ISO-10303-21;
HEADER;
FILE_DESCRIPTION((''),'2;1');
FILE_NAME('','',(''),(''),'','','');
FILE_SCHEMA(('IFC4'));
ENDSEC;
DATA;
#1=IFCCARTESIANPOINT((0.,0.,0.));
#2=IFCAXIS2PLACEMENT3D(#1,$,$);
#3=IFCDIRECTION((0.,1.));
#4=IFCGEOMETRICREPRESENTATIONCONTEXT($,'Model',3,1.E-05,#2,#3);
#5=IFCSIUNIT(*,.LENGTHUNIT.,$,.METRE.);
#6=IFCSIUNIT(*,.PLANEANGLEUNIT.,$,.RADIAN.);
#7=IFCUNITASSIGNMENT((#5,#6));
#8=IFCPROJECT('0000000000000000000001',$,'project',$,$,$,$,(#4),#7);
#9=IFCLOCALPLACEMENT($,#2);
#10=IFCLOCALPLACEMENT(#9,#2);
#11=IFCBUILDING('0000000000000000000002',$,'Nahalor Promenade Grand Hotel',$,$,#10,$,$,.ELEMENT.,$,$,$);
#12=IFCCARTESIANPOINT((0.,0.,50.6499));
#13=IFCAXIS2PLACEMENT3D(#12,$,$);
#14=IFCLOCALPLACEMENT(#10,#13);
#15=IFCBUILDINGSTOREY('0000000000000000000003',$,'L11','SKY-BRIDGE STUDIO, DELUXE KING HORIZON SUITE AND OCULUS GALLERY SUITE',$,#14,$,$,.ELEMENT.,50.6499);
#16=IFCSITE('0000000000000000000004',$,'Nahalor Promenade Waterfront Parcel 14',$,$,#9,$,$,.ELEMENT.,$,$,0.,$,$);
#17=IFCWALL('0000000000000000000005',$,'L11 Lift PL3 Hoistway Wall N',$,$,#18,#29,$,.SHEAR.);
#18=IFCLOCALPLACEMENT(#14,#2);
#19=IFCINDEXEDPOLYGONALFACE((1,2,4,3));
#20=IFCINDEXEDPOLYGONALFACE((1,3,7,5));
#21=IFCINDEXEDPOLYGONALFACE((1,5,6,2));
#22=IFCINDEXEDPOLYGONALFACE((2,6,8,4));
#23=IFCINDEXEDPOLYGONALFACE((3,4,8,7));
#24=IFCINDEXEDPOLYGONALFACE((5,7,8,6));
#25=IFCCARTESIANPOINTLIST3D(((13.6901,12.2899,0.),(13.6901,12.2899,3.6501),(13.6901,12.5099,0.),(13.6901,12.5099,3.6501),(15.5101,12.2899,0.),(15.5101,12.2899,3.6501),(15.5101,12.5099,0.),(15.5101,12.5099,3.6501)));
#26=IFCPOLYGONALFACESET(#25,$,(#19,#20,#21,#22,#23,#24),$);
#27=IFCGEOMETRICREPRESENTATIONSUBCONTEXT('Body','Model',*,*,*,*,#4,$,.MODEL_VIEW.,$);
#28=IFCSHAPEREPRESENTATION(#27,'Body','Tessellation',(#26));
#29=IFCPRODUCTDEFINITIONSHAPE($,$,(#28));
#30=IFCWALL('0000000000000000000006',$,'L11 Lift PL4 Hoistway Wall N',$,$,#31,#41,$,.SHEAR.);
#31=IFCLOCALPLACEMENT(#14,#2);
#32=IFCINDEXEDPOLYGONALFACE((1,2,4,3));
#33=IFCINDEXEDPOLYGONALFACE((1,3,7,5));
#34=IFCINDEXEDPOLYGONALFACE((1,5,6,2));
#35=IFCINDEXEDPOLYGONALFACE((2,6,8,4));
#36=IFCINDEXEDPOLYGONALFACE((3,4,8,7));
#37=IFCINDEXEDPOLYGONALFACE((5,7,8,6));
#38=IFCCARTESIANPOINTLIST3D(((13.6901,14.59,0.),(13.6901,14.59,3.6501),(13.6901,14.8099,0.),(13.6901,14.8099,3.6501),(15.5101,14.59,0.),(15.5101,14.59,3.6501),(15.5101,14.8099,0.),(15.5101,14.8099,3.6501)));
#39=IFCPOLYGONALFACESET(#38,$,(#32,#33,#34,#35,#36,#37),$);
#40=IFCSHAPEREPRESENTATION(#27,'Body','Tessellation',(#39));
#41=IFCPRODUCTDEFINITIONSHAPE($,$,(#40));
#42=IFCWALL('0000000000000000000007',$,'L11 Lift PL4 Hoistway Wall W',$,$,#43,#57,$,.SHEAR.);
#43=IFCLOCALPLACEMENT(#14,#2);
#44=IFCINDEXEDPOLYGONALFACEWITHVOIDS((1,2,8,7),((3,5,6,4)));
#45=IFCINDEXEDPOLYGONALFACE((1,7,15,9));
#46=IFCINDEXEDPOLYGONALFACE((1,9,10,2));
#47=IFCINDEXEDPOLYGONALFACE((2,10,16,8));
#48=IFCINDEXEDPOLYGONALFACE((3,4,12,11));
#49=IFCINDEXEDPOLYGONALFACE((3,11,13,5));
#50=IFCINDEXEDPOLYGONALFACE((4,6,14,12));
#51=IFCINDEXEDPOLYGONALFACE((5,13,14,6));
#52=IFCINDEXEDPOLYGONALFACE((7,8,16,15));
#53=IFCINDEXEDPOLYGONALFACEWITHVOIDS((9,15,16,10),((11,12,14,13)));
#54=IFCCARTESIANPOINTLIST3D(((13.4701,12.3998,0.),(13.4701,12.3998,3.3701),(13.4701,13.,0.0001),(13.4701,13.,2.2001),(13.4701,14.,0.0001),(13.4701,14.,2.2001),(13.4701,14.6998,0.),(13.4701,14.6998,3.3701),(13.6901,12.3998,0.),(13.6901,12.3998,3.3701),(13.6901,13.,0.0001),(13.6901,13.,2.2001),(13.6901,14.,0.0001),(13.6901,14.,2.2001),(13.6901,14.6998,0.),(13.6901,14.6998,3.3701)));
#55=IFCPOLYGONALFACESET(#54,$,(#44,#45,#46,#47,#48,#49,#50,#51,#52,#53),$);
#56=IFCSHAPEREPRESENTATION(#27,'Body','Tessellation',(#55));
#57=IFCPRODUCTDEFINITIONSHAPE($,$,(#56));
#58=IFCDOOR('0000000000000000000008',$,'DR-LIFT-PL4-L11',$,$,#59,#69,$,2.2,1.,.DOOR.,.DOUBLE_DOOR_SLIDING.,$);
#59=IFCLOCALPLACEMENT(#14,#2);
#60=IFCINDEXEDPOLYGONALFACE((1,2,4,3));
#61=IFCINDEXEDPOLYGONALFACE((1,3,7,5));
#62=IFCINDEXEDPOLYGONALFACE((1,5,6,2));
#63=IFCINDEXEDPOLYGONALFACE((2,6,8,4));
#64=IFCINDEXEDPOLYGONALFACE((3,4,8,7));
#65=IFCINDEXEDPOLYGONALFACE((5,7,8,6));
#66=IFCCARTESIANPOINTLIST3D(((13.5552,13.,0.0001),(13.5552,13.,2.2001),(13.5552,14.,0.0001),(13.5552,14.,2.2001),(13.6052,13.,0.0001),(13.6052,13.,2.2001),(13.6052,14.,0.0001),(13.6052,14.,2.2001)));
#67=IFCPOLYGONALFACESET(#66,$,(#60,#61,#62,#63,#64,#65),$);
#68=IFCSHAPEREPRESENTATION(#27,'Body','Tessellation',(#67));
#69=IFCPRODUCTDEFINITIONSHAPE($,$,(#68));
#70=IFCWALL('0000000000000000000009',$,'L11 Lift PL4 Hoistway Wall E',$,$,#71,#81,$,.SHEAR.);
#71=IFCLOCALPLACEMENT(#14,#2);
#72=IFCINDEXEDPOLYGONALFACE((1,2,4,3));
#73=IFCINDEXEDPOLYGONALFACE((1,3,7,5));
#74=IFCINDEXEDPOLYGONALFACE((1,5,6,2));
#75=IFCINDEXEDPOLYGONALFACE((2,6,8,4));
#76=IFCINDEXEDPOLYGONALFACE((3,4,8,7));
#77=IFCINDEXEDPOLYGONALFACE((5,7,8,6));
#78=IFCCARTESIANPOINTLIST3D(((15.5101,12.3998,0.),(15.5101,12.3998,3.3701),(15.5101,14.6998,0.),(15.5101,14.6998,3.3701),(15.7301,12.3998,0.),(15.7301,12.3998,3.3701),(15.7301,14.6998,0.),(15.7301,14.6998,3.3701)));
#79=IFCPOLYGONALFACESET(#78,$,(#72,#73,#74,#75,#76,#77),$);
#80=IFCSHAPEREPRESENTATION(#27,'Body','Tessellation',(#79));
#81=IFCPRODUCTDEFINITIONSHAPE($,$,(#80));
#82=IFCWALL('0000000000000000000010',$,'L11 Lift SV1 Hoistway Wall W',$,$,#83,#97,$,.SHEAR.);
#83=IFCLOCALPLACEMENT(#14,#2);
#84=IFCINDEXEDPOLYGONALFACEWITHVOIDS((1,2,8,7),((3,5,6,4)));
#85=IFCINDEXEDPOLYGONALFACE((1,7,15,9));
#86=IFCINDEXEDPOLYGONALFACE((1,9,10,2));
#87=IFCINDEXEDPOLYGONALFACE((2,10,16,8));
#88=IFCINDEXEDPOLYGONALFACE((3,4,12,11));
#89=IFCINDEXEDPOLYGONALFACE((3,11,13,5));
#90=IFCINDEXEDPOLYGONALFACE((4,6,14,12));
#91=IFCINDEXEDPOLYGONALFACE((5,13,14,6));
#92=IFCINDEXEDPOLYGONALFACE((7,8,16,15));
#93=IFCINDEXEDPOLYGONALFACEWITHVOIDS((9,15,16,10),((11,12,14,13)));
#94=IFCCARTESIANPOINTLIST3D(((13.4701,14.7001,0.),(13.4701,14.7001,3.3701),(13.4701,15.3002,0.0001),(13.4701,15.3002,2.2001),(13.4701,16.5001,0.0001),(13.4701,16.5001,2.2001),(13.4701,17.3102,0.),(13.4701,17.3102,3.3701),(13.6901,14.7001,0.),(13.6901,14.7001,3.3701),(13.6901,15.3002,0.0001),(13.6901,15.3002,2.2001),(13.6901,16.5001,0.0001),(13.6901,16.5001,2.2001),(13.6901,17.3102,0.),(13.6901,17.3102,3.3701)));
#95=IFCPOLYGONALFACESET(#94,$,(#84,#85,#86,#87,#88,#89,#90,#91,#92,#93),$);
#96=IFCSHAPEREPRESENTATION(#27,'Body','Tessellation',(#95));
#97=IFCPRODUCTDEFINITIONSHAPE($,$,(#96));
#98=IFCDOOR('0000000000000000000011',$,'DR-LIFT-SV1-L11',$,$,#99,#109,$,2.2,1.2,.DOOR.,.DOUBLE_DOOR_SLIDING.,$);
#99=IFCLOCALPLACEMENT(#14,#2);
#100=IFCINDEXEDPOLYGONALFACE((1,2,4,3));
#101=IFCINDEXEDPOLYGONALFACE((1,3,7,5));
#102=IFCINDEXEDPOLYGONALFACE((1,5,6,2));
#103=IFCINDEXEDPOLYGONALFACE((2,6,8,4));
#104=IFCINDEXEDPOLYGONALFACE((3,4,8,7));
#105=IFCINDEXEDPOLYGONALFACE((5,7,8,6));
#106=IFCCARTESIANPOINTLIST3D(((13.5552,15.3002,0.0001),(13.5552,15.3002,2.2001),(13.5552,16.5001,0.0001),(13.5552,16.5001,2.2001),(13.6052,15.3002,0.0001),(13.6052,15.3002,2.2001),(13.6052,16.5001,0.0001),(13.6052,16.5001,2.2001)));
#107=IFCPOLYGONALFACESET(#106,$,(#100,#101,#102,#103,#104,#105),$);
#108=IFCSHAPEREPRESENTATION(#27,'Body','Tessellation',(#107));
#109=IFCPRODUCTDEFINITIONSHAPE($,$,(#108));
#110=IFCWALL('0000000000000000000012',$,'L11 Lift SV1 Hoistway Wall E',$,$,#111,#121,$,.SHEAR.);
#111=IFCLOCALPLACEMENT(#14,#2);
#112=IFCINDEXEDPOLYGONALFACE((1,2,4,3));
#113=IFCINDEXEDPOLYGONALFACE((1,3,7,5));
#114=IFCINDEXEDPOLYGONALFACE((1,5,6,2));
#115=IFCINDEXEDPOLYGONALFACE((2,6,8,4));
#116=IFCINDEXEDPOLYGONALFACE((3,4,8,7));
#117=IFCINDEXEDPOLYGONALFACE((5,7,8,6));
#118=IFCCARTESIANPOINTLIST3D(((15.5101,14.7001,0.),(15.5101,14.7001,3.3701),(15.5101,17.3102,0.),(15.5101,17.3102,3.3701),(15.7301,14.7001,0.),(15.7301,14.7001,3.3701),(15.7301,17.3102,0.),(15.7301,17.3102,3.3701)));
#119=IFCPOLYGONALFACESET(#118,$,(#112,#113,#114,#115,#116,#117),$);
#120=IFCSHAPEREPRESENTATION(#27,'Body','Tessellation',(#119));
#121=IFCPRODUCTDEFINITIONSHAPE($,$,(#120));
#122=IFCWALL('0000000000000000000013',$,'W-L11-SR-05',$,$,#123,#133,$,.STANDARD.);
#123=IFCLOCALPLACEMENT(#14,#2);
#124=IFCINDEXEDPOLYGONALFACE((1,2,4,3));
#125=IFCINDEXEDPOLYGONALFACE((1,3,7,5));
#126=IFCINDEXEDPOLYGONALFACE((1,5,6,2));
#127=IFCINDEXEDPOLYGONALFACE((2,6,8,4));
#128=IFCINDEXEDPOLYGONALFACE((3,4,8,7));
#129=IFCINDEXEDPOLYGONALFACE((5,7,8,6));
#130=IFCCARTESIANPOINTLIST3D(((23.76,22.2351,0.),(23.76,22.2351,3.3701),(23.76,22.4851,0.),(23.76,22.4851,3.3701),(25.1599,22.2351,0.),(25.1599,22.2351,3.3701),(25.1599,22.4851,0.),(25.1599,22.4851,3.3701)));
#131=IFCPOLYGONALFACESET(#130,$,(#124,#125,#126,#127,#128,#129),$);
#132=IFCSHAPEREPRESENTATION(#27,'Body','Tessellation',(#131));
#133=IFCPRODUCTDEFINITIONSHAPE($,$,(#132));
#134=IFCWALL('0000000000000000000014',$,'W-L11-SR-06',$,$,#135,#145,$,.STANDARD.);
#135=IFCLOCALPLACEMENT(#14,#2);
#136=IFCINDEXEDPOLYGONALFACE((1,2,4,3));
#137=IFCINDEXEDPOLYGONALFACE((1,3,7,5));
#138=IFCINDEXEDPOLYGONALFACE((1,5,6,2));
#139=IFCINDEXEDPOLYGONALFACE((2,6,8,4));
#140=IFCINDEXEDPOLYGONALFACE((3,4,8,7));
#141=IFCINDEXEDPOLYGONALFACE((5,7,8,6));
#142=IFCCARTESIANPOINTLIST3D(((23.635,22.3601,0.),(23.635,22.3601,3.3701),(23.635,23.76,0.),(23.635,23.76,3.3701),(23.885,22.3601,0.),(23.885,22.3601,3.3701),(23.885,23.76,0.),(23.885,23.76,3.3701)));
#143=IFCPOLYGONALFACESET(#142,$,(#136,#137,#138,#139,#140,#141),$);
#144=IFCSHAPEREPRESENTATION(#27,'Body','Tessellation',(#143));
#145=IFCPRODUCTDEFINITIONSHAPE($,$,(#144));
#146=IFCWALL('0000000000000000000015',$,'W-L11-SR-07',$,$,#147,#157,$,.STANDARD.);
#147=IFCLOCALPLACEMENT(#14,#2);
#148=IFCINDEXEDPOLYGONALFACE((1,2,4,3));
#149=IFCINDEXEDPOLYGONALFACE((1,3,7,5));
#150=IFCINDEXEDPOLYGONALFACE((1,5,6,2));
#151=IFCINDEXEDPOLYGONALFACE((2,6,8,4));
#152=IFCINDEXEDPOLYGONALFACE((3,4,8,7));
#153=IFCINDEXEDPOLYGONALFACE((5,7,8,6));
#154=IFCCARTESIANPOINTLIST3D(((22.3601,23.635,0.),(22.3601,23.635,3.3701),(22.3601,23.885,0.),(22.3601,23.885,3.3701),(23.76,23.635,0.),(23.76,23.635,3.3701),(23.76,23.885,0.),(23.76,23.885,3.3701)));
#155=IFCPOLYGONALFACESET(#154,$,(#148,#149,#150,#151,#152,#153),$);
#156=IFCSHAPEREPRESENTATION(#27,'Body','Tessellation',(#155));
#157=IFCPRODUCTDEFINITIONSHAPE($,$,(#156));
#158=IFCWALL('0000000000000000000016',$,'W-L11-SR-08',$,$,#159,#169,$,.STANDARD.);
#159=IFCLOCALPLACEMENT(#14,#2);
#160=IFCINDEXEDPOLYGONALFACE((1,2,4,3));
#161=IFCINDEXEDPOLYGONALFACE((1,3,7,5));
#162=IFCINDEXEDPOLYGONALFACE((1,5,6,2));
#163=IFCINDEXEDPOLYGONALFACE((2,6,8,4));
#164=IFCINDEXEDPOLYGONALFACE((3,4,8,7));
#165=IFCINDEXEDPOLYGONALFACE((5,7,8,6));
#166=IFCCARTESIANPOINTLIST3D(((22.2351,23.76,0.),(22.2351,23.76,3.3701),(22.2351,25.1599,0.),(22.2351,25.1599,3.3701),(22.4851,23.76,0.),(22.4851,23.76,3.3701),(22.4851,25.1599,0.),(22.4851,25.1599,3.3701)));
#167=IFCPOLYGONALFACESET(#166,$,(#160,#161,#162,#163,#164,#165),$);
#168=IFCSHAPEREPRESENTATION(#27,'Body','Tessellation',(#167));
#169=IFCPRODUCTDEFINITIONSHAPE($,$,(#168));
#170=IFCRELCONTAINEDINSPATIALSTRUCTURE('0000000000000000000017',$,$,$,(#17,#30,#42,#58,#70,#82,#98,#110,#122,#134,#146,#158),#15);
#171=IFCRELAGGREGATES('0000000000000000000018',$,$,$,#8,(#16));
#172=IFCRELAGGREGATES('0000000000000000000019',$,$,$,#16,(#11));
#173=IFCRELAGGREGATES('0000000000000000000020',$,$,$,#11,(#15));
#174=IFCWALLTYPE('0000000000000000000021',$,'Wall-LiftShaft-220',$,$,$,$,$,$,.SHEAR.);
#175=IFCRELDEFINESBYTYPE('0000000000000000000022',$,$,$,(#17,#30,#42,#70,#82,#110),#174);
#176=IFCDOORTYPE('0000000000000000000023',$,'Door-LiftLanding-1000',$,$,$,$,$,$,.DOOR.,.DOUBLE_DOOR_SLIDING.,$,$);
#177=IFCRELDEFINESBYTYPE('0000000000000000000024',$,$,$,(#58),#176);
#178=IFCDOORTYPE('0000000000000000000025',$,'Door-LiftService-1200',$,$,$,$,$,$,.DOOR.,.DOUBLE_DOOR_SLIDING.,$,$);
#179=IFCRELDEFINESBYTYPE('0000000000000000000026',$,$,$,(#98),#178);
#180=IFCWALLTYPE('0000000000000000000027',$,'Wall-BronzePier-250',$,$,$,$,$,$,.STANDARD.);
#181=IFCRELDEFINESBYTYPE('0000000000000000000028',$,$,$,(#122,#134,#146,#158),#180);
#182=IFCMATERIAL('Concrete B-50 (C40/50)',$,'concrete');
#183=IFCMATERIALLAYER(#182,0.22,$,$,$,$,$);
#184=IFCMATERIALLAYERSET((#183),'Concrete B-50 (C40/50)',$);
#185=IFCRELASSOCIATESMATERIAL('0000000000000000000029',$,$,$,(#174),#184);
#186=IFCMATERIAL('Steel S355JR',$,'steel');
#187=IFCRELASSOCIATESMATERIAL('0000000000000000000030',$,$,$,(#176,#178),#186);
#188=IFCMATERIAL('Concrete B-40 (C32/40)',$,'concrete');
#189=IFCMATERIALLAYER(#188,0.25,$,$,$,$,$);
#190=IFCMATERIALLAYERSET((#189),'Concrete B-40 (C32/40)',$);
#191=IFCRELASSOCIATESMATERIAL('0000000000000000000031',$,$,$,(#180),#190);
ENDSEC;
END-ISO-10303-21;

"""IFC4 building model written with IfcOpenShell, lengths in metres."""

from ifc_helpers import new_model, si_unit, direction, frame, frame_2d, origin, place, context, subcontext, project, spatial, rectangle, extrude, source, transform, mapped, material, layer, layer_set, type_object, element, fill, save


model = new_model("IFC4")

# Units and contexts
model_context = context("Model", 3, precision=1e-05, world=origin(), true_north=direction((0.0, 1.0)))
body_context = subcontext(model_context, "Body", "Model", "MODEL_VIEW")
ifc_project = project(units=[si_unit("LENGTHUNIT", "METRE"), si_unit("PLANEANGLEUNIT", "RADIAN")], contexts=[model_context])

# Site, building, storey
site_placement = place(None, origin())
site = spatial("IfcSite", under=ifc_project, at=site_placement, Name="Nahalor Promenade Waterfront Parcel 14", CompositionType="ELEMENT", RefElevation=0.0)
building_placement = place(site_placement, origin())
building = spatial("IfcBuilding", under=site, at=building_placement, Name="Nahalor Promenade Grand Hotel", CompositionType="ELEMENT")
storey_placement = place(building_placement, frame((0.0, 0.0, 50.6499)))
storey = spatial("IfcBuildingStorey", under=building, at=storey_placement, Name="L11", Description="SKY-BRIDGE STUDIO, DELUXE KING HORIZON SUITE AND OCULUS GALLERY SUITE", CompositionType="ELEMENT", Elevation=50.6499)

# Shared definitions
ifc_material_1 = material(Name="Steel S355JR", Category="steel")

# Walls
ifc_material_2 = material(Name="Concrete B-50 (C40/50)", Category="concrete")
ifc_layer_1 = layer(ifc_material_2, 0.22)
ifc_layer_set_1 = layer_set([ifc_layer_1], Name="Concrete B-50 (C40/50)")
wall_type_1 = type_object("IfcWallType", Name="Wall-LiftShaft-220", PredefinedType="SHEAR", material=ifc_layer_set_1)
shared_shape_1 = source(origin(), body_context, "Body", "SweptSolid", [
    extrude(rectangle(XDim=1.8201, YDim=0.22, at=frame_2d((0.9102, 0.0))), origin(), (0.0, 0.0, 1.0), 3.6501),
])
for number, where, z_axis, x_axis, name in (
    (1, (13.6899, 12.3999, 0.0), (0.0, 0.0, 1.0), (1.0, 0.0, 0.0), "L11 Lift PL3 Hoistway Wall N"),
    (2, (13.6899, 14.7, 0.0), (0.0, 0.0, 1.0), (1.0, 0.0, 0.0), "L11 Lift PL4 Hoistway Wall N"),
):
    element("IfcWall", number, at=place(storey_placement, frame(where, z_axis=z_axis, x_axis=x_axis)), inside=storey, type_object=wall_type_1, Name=name, PredefinedType="SHEAR", context=body_context, shape_type="MappedRepresentation", body=[
        mapped(shared_shape_1, transform((0.0, 0.0, 0.0), scale=1.0)),
    ])

# Wall, opening, door
shared_shape_2 = source(origin(), body_context, "Body", "SweptSolid", [
    extrude(rectangle(XDim=2.3, YDim=0.22, at=frame_2d((1.1499, 0.0))), origin(), (0.0, 0.0, 1.0), 3.3701),
])
wall_1_placement = place(storey_placement, frame((13.5801, 12.3999, 0.0), z_axis=(0.0, 0.0, 1.0), x_axis=(0.0, 1.0, 0.0)))
wall_1 = element("IfcWall", 3, at=wall_1_placement, inside=storey, type_object=wall_type_1, Name="L11 Lift PL4 Hoistway Wall W", PredefinedType="SHEAR", context=body_context, shape_type="MappedRepresentation", body=[
    mapped(shared_shape_2, transform((0.0, 0.0, 0.0), scale=1.0)),
])
opening_1_placement = place(wall_1_placement, frame((0.6001, 0.0, 0.0)))
opening_1 = element("IfcOpeningElement", 4, at=opening_1_placement, cuts=wall_1, PredefinedType="OPENING", context=body_context, shape_type="SweptSolid", body=[
    extrude(rectangle(XDim=1.0, YDim=2.2, at=frame_2d((0.5, 1.1001))), frame((0.0, 0.1199, 0.0), z_axis=(0.0, -1.0, 0.0), x_axis=(1.0, 0.0, 0.0)), (0.0, 0.0, 1.0), 0.24),
])
door_type_1 = type_object("IfcDoorType", Name="Door-LiftLanding-1000", OperationType="DOUBLE_DOOR_SLIDING", PredefinedType="DOOR", material=ifc_material_1)
shared_shape_3 = source(origin(), body_context, "Body", "SweptSolid", [
    extrude(rectangle(XDim=1.0, YDim=2.2, at=frame_2d((0.5, 1.1001))), frame((0.0, 0.0249, 0.0), z_axis=(0.0, -1.0, 0.0), x_axis=(1.0, 0.0, 0.0)), (0.0, 0.0, 1.0), 0.05),
])
door_1_placement = place(opening_1_placement, origin())
door_1 = element("IfcDoor", 5, at=door_1_placement, inside=storey, type_object=door_type_1, Name="DR-LIFT-PL4-L11", OperationType="DOUBLE_DOOR_SLIDING", OverallHeight=2.2, OverallWidth=1.0, PredefinedType="DOOR", context=body_context, shape_type="MappedRepresentation", body=[
    mapped(shared_shape_3, transform((0.0, 0.0, 0.0), scale=1.0)),
])
fill(opening_1, door_1)

# Wall
wall_2_placement = place(storey_placement, frame((15.6201, 12.3999, 0.0), z_axis=(0.0, 0.0, 1.0), x_axis=(0.0, 1.0, 0.0)))
element("IfcWall", 6, at=wall_2_placement, inside=storey, type_object=wall_type_1, Name="L11 Lift PL4 Hoistway Wall E", PredefinedType="SHEAR", context=body_context, shape_type="MappedRepresentation", body=[
    mapped(shared_shape_2, transform((0.0, 0.0, 0.0), scale=1.0)),
])

# Wall, opening, door
shared_shape_4 = source(origin(), body_context, "Body", "SweptSolid", [
    extrude(rectangle(XDim=2.6101, YDim=0.22, at=frame_2d((1.3052, 0.0))), origin(), (0.0, 0.0, 1.0), 3.3701),
])
wall_3_placement = place(storey_placement, frame((13.5801, 14.7, 0.0), z_axis=(0.0, 0.0, 1.0), x_axis=(0.0, 1.0, 0.0)))
wall_3 = element("IfcWall", 7, at=wall_3_placement, inside=storey, type_object=wall_type_1, Name="L11 Lift SV1 Hoistway Wall W", PredefinedType="SHEAR", context=body_context, shape_type="MappedRepresentation", body=[
    mapped(shared_shape_4, transform((0.0, 0.0, 0.0), scale=1.0)),
])
opening_2_placement = place(wall_3_placement, frame((0.6001, 0.0, 0.0)))
opening_2 = element("IfcOpeningElement", 8, at=opening_2_placement, cuts=wall_3, PredefinedType="OPENING", context=body_context, shape_type="SweptSolid", body=[
    extrude(rectangle(XDim=1.2, YDim=2.2, at=frame_2d((0.6001, 1.1001))), frame((0.0, 0.1199, 0.0), z_axis=(0.0, -1.0, 0.0), x_axis=(1.0, 0.0, 0.0)), (0.0, 0.0, 1.0), 0.24),
])
door_type_2 = type_object("IfcDoorType", Name="Door-LiftService-1200", OperationType="DOUBLE_DOOR_SLIDING", PredefinedType="DOOR", material=ifc_material_1)
shared_shape_5 = source(origin(), body_context, "Body", "SweptSolid", [
    extrude(rectangle(XDim=1.2, YDim=2.2, at=frame_2d((0.6001, 1.1001))), frame((0.0, 0.0249, 0.0), z_axis=(0.0, -1.0, 0.0), x_axis=(1.0, 0.0, 0.0)), (0.0, 0.0, 1.0), 0.05),
])
door_2_placement = place(opening_2_placement, origin())
door_2 = element("IfcDoor", 9, at=door_2_placement, inside=storey, type_object=door_type_2, Name="DR-LIFT-SV1-L11", OperationType="DOUBLE_DOOR_SLIDING", OverallHeight=2.2, OverallWidth=1.2, PredefinedType="DOOR", context=body_context, shape_type="MappedRepresentation", body=[
    mapped(shared_shape_5, transform((0.0, 0.0, 0.0), scale=1.0)),
])
fill(opening_2, door_2)

# Walls
wall_4_placement = place(storey_placement, frame((15.6201, 14.7, 0.0), z_axis=(0.0, 0.0, 1.0), x_axis=(0.0, 1.0, 0.0)))
element("IfcWall", 10, at=wall_4_placement, inside=storey, type_object=wall_type_1, Name="L11 Lift SV1 Hoistway Wall E", PredefinedType="SHEAR", context=body_context, shape_type="MappedRepresentation", body=[
    mapped(shared_shape_4, transform((0.0, 0.0, 0.0), scale=1.0)),
])
ifc_material_3 = material(Name="Concrete B-40 (C32/40)", Category="concrete")
ifc_layer_2 = layer(ifc_material_3, 0.25)
ifc_layer_set_2 = layer_set([ifc_layer_2], Name="Concrete B-40 (C32/40)")
wall_type_2 = type_object("IfcWallType", Name="Wall-BronzePier-250", PredefinedType="STANDARD", material=ifc_layer_set_2)
shared_shape_6 = source(origin(), body_context, "Body", "SweptSolid", [
    extrude(rectangle(XDim=1.3999, YDim=0.25, at=frame_2d((0.7, 0.0))), origin(), (0.0, 0.0, 1.0), 3.3701),
])
for number, where, z_axis, x_axis, name in (
    (11, (23.76, 22.3601, 0.0), (0.0, 0.0, 1.0), (1.0, 0.0, 0.0), "W-L11-SR-05"),
    (12, (23.76, 22.3601, 0.0), (0.0, 0.0, 1.0), (0.0, 1.0, 0.0), "W-L11-SR-06"),
    (13, (22.3601, 23.76, 0.0), (0.0, 0.0, 1.0), (1.0, 0.0, 0.0), "W-L11-SR-07"),
    (14, (22.3601, 23.76, 0.0), (0.0, 0.0, 1.0), (0.0, 1.0, 0.0), "W-L11-SR-08"),
):
    element("IfcWall", number, at=place(storey_placement, frame(where, z_axis=z_axis, x_axis=x_axis)), inside=storey, type_object=wall_type_2, Name=name, PredefinedType="STANDARD", context=body_context, shape_type="MappedRepresentation", body=[
        mapped(shared_shape_6, transform((0.0, 0.0, 0.0), scale=1.0)),
    ])

save(model, "model.ifc")
